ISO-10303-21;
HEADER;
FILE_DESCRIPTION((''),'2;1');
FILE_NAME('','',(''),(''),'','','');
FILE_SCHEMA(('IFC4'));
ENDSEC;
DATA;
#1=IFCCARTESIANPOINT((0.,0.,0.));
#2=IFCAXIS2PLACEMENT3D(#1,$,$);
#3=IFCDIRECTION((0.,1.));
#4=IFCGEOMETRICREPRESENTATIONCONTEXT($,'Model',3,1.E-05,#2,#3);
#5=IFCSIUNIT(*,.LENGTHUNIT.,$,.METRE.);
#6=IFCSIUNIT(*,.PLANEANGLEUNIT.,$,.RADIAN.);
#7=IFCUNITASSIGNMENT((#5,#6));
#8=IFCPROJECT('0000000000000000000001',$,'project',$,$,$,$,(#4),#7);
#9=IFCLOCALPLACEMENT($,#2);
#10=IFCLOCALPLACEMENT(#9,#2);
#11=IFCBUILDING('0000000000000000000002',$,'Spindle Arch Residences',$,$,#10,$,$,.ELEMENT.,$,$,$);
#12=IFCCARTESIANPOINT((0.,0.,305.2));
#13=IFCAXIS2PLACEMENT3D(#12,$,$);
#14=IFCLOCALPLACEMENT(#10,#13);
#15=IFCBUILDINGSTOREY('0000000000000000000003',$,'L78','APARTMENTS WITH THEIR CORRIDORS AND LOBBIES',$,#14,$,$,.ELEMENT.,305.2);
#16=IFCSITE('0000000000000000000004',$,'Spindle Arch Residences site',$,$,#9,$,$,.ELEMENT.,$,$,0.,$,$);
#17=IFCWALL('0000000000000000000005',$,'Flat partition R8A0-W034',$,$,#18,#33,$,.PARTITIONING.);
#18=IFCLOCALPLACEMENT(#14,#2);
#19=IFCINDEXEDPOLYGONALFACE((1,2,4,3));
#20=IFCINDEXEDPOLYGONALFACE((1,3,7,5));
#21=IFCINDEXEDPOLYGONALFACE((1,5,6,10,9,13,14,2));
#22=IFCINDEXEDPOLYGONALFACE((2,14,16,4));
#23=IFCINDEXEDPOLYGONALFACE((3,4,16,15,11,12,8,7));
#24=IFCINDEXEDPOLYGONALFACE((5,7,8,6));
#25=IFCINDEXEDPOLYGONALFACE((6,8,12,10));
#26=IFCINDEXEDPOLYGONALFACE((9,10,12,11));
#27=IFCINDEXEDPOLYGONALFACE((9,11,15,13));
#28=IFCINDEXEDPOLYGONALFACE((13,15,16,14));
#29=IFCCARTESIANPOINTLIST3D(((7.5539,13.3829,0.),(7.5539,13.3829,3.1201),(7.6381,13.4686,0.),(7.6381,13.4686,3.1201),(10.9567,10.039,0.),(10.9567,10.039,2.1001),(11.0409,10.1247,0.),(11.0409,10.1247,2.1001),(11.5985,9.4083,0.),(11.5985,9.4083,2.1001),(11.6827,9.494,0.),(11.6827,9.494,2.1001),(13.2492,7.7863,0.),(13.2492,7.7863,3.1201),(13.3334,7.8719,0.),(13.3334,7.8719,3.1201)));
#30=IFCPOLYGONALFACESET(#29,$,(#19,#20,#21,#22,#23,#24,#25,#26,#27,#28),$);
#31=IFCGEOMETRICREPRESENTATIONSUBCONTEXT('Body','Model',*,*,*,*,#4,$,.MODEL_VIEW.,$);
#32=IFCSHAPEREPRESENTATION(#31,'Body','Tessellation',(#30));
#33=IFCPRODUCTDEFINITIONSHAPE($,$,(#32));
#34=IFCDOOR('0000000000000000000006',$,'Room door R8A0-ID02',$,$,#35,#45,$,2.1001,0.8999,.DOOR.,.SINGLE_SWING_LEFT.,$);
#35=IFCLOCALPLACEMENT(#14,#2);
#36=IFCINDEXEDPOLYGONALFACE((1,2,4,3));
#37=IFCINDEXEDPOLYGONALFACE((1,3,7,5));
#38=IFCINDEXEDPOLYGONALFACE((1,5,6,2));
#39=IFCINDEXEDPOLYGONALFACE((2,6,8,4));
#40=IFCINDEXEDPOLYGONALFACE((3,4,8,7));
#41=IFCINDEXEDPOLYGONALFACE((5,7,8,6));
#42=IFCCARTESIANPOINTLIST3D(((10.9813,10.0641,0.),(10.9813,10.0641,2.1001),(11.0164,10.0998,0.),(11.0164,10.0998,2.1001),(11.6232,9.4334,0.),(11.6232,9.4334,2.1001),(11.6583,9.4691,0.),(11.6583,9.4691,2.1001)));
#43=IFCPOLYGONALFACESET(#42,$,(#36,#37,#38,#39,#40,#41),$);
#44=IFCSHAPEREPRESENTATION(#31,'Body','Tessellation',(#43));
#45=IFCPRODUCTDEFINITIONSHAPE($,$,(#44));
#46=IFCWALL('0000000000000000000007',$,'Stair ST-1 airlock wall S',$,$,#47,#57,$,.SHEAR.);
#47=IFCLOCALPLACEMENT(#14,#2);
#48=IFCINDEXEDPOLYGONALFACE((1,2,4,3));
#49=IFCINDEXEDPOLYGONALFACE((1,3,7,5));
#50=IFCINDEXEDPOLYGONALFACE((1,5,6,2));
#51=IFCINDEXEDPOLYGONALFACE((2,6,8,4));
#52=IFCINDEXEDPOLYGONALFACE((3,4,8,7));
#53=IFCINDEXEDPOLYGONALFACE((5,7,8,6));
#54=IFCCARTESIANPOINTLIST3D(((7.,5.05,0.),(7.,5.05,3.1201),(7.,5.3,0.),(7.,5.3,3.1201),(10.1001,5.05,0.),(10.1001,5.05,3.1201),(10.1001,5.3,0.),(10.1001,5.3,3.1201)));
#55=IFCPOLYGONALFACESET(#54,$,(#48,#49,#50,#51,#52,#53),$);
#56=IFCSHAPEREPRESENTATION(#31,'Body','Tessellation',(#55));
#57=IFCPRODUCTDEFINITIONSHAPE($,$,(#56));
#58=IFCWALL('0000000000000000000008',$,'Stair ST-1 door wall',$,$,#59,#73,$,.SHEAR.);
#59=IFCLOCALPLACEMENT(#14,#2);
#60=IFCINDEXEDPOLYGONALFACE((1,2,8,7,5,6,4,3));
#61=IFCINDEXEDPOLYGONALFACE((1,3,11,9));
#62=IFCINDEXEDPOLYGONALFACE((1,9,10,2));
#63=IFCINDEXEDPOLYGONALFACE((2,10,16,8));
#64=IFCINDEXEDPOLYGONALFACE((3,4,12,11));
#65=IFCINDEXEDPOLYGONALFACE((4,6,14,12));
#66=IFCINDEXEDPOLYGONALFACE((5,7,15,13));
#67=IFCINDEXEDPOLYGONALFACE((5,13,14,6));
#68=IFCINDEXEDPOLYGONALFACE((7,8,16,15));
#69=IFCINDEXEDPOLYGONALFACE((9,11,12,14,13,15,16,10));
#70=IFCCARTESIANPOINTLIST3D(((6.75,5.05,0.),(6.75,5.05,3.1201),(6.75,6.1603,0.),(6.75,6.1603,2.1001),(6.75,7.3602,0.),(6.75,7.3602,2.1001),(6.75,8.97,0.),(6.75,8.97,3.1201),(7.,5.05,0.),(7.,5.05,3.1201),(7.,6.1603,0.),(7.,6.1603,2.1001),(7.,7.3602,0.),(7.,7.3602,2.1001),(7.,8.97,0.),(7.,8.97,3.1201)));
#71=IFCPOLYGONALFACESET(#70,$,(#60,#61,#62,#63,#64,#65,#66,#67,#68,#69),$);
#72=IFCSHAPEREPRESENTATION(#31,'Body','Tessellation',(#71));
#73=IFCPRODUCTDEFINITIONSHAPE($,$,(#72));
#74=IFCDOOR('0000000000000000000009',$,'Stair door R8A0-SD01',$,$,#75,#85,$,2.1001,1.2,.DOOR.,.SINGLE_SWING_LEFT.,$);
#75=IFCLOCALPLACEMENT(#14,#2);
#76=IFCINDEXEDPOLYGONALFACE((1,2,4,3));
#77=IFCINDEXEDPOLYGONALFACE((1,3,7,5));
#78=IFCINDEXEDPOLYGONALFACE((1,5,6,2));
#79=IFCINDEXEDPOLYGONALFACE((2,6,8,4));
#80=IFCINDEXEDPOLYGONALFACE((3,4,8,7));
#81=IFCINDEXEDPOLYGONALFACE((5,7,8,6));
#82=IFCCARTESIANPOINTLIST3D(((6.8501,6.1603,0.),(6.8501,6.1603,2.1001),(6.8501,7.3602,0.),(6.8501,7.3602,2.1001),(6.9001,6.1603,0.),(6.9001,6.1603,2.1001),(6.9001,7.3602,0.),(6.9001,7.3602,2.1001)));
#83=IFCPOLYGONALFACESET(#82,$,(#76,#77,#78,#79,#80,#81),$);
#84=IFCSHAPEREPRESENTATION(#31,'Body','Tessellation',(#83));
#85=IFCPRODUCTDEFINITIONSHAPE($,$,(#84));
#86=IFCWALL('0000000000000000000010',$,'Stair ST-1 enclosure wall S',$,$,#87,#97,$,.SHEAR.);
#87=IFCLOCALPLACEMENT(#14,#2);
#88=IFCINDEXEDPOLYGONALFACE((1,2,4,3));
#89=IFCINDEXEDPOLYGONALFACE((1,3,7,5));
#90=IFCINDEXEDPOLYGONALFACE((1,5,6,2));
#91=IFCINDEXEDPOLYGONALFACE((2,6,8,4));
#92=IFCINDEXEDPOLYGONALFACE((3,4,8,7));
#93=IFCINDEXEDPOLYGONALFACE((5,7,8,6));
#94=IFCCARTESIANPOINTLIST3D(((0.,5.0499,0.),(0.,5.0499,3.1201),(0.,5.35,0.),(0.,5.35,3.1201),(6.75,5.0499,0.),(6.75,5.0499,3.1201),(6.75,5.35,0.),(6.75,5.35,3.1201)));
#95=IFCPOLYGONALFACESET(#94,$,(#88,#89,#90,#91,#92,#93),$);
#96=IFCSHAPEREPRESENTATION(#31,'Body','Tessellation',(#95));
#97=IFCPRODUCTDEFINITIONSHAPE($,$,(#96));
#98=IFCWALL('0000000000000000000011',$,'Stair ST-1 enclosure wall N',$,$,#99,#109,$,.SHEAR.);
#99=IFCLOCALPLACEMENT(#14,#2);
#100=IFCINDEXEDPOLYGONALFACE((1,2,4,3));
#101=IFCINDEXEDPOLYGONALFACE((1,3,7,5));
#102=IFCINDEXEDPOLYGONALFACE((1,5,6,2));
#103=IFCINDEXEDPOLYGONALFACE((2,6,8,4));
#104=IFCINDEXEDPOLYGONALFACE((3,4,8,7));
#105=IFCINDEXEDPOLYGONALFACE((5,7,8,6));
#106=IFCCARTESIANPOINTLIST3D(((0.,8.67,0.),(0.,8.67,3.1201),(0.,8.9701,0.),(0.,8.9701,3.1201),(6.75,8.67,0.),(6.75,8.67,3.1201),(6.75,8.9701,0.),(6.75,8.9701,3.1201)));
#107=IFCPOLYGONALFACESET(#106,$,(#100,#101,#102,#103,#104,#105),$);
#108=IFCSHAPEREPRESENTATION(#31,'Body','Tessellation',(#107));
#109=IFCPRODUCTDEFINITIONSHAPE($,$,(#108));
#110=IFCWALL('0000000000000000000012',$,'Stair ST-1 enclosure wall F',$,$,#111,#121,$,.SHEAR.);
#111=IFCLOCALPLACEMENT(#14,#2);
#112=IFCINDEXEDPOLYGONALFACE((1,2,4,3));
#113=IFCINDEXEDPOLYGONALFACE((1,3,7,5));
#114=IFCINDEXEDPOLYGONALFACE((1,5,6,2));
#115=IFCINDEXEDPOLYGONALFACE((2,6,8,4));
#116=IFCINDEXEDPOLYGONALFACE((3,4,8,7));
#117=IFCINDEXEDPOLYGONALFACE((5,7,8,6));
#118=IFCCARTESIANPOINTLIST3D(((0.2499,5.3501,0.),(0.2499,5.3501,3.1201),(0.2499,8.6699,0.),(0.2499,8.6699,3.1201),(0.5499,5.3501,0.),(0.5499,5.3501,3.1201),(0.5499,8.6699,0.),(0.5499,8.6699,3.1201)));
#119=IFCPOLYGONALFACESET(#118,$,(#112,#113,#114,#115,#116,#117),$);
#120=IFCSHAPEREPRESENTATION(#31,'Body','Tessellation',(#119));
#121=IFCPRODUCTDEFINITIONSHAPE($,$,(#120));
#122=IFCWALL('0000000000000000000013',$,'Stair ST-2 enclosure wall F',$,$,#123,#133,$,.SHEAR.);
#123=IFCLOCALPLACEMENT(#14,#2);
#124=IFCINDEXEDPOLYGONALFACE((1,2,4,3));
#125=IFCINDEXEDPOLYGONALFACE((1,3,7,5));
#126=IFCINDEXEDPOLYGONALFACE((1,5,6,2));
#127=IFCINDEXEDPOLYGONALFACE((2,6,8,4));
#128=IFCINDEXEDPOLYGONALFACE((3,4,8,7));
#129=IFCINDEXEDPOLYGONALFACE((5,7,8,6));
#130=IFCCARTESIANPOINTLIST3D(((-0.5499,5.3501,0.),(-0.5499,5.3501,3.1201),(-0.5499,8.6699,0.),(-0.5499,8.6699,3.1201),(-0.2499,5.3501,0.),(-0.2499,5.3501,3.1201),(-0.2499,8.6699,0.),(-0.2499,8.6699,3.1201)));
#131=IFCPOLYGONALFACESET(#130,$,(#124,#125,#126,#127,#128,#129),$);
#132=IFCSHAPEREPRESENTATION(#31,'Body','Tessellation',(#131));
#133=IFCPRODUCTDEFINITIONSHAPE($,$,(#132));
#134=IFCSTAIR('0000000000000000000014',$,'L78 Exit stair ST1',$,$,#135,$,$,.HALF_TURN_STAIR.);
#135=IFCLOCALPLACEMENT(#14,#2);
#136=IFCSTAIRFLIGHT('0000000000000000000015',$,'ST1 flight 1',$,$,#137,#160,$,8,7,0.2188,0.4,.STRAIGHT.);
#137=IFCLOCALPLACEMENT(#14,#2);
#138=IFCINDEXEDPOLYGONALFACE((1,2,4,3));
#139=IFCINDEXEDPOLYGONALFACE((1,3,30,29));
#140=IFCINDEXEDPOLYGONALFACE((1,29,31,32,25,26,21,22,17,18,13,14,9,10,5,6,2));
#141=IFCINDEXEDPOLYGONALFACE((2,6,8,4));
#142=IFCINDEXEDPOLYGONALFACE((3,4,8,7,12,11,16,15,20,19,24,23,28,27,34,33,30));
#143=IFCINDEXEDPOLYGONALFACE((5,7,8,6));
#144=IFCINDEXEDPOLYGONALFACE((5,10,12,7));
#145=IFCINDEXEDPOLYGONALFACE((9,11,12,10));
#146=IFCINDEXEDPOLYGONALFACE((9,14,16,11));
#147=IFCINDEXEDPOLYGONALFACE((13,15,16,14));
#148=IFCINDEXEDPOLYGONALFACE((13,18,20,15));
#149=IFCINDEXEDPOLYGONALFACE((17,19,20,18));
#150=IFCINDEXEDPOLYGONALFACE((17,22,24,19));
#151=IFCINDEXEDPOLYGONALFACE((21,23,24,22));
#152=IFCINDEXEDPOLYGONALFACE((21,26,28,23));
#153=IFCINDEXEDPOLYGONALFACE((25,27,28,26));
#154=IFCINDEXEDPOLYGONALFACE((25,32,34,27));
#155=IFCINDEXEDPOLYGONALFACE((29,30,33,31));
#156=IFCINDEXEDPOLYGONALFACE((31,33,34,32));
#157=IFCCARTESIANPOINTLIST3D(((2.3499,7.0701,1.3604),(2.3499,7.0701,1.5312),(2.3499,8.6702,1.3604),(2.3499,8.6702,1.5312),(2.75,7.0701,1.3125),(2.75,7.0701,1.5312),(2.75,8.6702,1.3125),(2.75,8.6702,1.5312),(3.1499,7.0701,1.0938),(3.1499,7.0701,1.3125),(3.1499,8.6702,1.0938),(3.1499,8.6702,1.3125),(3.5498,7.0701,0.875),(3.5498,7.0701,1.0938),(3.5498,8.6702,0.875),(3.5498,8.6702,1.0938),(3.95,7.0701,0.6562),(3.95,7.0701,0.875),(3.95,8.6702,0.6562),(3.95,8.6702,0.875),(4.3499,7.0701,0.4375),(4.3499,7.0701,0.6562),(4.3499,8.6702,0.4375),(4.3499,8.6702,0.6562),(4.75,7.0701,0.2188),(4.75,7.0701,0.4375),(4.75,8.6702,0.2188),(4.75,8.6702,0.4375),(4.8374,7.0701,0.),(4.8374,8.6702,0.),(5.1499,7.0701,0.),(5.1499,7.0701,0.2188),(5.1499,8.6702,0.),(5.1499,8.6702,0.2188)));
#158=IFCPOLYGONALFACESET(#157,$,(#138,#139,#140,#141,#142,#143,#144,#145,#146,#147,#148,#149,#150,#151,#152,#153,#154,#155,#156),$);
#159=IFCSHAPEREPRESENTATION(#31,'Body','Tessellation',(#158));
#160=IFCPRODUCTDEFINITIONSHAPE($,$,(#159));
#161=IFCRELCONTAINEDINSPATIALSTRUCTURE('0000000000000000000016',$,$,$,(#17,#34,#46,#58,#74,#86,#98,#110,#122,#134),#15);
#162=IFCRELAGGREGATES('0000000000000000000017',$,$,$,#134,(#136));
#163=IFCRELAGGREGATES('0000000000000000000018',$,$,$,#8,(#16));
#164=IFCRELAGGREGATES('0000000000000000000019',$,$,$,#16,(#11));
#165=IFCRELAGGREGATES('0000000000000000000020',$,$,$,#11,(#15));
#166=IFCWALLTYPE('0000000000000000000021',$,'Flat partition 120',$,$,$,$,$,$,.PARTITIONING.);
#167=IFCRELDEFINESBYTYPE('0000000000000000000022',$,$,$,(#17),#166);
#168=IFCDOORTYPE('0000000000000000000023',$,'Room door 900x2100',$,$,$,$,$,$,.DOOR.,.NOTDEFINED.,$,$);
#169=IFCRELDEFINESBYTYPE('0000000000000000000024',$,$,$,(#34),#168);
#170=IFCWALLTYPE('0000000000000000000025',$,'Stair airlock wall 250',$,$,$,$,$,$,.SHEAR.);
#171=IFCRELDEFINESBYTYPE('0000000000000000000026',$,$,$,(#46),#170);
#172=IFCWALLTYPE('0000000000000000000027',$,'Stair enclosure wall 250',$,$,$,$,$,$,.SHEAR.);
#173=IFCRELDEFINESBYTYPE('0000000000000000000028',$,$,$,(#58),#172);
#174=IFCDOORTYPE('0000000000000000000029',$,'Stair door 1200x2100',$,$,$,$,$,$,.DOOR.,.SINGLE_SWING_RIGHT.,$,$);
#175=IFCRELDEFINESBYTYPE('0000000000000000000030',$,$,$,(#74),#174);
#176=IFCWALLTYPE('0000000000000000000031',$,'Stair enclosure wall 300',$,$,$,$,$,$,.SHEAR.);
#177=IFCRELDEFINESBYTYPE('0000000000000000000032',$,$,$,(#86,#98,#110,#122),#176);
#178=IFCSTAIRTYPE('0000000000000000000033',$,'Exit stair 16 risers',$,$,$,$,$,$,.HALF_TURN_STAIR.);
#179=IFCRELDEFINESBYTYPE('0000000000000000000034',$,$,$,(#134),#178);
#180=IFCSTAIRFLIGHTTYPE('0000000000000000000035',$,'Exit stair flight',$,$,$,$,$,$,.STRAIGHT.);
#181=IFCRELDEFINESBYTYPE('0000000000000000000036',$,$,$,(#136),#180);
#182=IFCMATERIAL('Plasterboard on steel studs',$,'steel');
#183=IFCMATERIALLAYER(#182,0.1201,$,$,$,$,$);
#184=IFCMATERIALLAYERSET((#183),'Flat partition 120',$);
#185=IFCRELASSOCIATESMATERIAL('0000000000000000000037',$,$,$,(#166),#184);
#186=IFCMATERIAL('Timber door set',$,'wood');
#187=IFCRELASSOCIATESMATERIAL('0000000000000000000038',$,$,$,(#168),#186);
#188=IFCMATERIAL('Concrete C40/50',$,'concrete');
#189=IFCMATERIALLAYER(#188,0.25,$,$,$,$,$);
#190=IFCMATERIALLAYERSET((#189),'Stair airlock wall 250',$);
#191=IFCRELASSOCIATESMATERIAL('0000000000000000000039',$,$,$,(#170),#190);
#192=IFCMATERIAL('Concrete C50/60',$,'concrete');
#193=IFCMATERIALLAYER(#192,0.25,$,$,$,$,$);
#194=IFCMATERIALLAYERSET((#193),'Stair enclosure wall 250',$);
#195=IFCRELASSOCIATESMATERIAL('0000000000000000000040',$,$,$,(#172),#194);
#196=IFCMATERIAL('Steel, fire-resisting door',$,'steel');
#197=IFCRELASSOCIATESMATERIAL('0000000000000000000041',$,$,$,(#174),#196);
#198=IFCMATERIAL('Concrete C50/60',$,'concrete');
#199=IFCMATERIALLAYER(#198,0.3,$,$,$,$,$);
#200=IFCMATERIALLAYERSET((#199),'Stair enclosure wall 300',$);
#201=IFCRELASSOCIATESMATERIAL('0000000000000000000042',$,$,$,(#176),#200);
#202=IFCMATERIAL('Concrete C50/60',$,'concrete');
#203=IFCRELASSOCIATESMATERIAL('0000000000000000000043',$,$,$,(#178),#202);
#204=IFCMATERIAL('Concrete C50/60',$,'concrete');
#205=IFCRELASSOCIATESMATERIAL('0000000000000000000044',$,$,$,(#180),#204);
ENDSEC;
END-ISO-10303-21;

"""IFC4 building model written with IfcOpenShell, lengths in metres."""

from ifc_helpers import new_model, si_unit, direction, frame, frame_2d, origin, place, context, subcontext, project, spatial, polyline, rectangle, outline, extrude, material, layer, layer_set, type_object, element, fill, aggregate, save


model = new_model("IFC4")

# Units and contexts
model_context = context("Model", 3, precision=1e-05, world=origin(), true_north=direction((0.0, 1.0)))
body_context = subcontext(model_context, "Body", "Model", "MODEL_VIEW")
ifc_project = project(units=[si_unit("LENGTHUNIT", "METRE"), si_unit("PLANEANGLEUNIT", "RADIAN")], contexts=[model_context])

# Site, building, storey
site_placement = place(None, origin())
site = spatial("IfcSite", under=ifc_project, at=site_placement, Name="Spindle Arch Residences site", CompositionType="ELEMENT", RefElevation=0.0)
building_placement = place(site_placement, origin())
building = spatial("IfcBuilding", under=site, at=building_placement, Name="Spindle Arch Residences", CompositionType="ELEMENT")
storey_placement = place(building_placement, frame((0.0, 0.0, 305.2)))
storey = spatial("IfcBuildingStorey", under=building, at=storey_placement, Name="L78", Description="APARTMENTS WITH THEIR CORRIDORS AND LOBBIES", CompositionType="ELEMENT", Elevation=305.2)

# Shared definitions
ifc_material_1 = material(Name="Plasterboard on steel studs", Category="steel")
ifc_layer_1 = layer(ifc_material_1, 0.1201)
ifc_layer_set_1 = layer_set([ifc_layer_1], Name="Flat partition 120")
wall_type_1 = type_object("IfcWallType", Name="Flat partition 120", PredefinedType="PARTITIONING", material=ifc_layer_set_1)

# Wall, opening, door
wall_1_placement = place(storey_placement, frame((13.2913, 7.8291, 0.0), z_axis=(0.0, 0.0, 1.0), x_axis=(-0.713256, 0.700904, 0.0)))
wall_1 = element("IfcWall", 1, at=wall_1_placement, inside=storey, type_object=wall_type_1, Name="Flat partition R8A0-W034", PredefinedType="PARTITIONING", context=body_context, shape_type="SweptSolid", body=[
    extrude(rectangle(XDim=7.9849, YDim=0.1201, at=frame_2d((3.9924, 0.0))), origin(), (0.0, 0.0, 1.0), 3.1201),
])
opening_1_placement = place(wall_1_placement, frame((2.3142, 0.0, 0.0)))
opening_1 = element("IfcOpeningElement", 2, at=opening_1_placement, cuts=wall_1, PredefinedType="OPENING", context=body_context, shape_type="SweptSolid", body=[
    extrude(rectangle(XDim=0.8999, YDim=2.1001, at=frame_2d((0.45, 1.05))), frame((0.0, 0.0701, 0.0), z_axis=(0.0, -1.0, 0.0), x_axis=(1.0, 0.0, 0.0)), (0.0, 0.0, 1.0), 0.1401),
])
ifc_material_2 = material(Name="Timber door set", Category="wood")
door_type_1 = type_object("IfcDoorType", Name="Room door 900x2100", OperationType="NOTDEFINED", PredefinedType="DOOR", material=ifc_material_2)
door_1_placement = place(opening_1_placement, origin())
door_1 = element("IfcDoor", 3, at=door_1_placement, inside=storey, type_object=door_type_1, Name="Room door R8A0-ID02", OperationType="SINGLE_SWING_LEFT", OverallHeight=2.1001, OverallWidth=0.8999, PredefinedType="DOOR", context=body_context, shape_type="SweptSolid", body=[
    extrude(rectangle(XDim=0.8999, YDim=2.1001, at=frame_2d((0.45, 1.05))), frame((0.0, 0.0249, 0.0), z_axis=(0.0, -1.0, 0.0), x_axis=(1.0, 0.0, 0.0)), (0.0, 0.0, 1.0), 0.05),
])
fill(opening_1, door_1)

# Wall
ifc_material_3 = material(Name="Concrete C40/50", Category="concrete")
ifc_layer_2 = layer(ifc_material_3, 0.25)
ifc_layer_set_2 = layer_set([ifc_layer_2], Name="Stair airlock wall 250")
wall_type_2 = type_object("IfcWallType", Name="Stair airlock wall 250", PredefinedType="SHEAR", material=ifc_layer_set_2)
wall_2_placement = place(storey_placement, frame((7.0, 5.175, 0.0), z_axis=(0.0, 0.0, 1.0), x_axis=(1.0, 0.0, 0.0)))
element("IfcWall", 4, at=wall_2_placement, inside=storey, type_object=wall_type_2, Name="Stair ST-1 airlock wall S", PredefinedType="SHEAR", context=body_context, shape_type="SweptSolid", body=[
    extrude(rectangle(XDim=3.1001, YDim=0.25, at=frame_2d((1.55, 0.0))), origin(), (0.0, 0.0, 1.0), 3.1201),
])

# Wall, opening, door
ifc_material_4 = material(Name="Concrete C50/60", Category="concrete")
ifc_layer_3 = layer(ifc_material_4, 0.25)
ifc_layer_set_3 = layer_set([ifc_layer_3], Name="Stair enclosure wall 250")
wall_type_3 = type_object("IfcWallType", Name="Stair enclosure wall 250", PredefinedType="SHEAR", material=ifc_layer_set_3)
wall_3_placement = place(storey_placement, frame((6.875, 5.05, 0.0), z_axis=(0.0, 0.0, 1.0), x_axis=(0.0, 1.0, 0.0)))
wall_3 = element("IfcWall", 5, at=wall_3_placement, inside=storey, type_object=wall_type_3, Name="Stair ST-1 door wall", PredefinedType="SHEAR", context=body_context, shape_type="SweptSolid", body=[
    extrude(rectangle(XDim=3.9199, YDim=0.25, at=frame_2d((1.96, 0.0))), origin(), (0.0, 0.0, 1.0), 3.1201),
])
opening_2_placement = place(wall_3_placement, frame((1.1101, 0.0, 0.0)))
opening_2 = element("IfcOpeningElement", 6, at=opening_2_placement, cuts=wall_3, PredefinedType="OPENING", context=body_context, shape_type="SweptSolid", body=[
    extrude(rectangle(XDim=1.2, YDim=2.1001, at=frame_2d((0.6001, 1.05))), frame((0.0, 0.135, 0.0), z_axis=(0.0, -1.0, 0.0), x_axis=(1.0, 0.0, 0.0)), (0.0, 0.0, 1.0), 0.27),
])
ifc_material_5 = material(Name="Steel, fire-resisting door", Category="steel")
door_type_2 = type_object("IfcDoorType", Name="Stair door 1200x2100", OperationType="SINGLE_SWING_RIGHT", PredefinedType="DOOR", material=ifc_material_5)
door_2_placement = place(opening_2_placement, origin())
door_2 = element("IfcDoor", 7, at=door_2_placement, inside=storey, type_object=door_type_2, Name="Stair door R8A0-SD01", OperationType="SINGLE_SWING_LEFT", OverallHeight=2.1001, OverallWidth=1.2, PredefinedType="DOOR", context=body_context, shape_type="SweptSolid", body=[
    extrude(rectangle(XDim=1.2, YDim=2.1001, at=frame_2d((0.6001, 1.05))), frame((0.0, 0.0249, 0.0), z_axis=(0.0, -1.0, 0.0), x_axis=(1.0, 0.0, 0.0)), (0.0, 0.0, 1.0), 0.05),
])
fill(opening_2, door_2)

# Walls
ifc_material_6 = material(Name="Concrete C50/60", Category="concrete")
ifc_layer_4 = layer(ifc_material_6, 0.3)
ifc_layer_set_4 = layer_set([ifc_layer_4], Name="Stair enclosure wall 300")
wall_type_4 = type_object("IfcWallType", Name="Stair enclosure wall 300", PredefinedType="SHEAR", material=ifc_layer_set_4)
for number, where, z_axis, x_axis, name in (
    (8, (0.0, 5.2, 0.0), (0.0, 0.0, 1.0), (1.0, 0.0, 0.0), "Stair ST-1 enclosure wall S"),
    (9, (0.0, 8.8201, 0.0), (0.0, 0.0, 1.0), (1.0, 0.0, 0.0), "Stair ST-1 enclosure wall N"),
):
    element("IfcWall", number, at=place(storey_placement, frame(where, z_axis=z_axis, x_axis=x_axis)), inside=storey, type_object=wall_type_4, Name=name, PredefinedType="SHEAR", context=body_context, shape_type="SweptSolid", body=[
        extrude(rectangle(XDim=6.75, YDim=0.3, at=frame_2d((3.375, 0.0))), origin(), (0.0, 0.0, 1.0), 3.1201),
    ])
for number, where, z_axis, x_axis, name in (
    (10, (0.3999, 5.3501, 0.0), (0.0, 0.0, 1.0), (0.0, 1.0, 0.0), "Stair ST-1 enclosure wall F"),
    (11, (-0.3999, 5.3501, 0.0), (0.0, 0.0, 1.0), (0.0, 1.0, 0.0), "Stair ST-2 enclosure wall F"),
):
    element("IfcWall", number, at=place(storey_placement, frame(where, z_axis=z_axis, x_axis=x_axis)), inside=storey, type_object=wall_type_4, Name=name, PredefinedType="SHEAR", context=body_context, shape_type="SweptSolid", body=[
        extrude(rectangle(XDim=3.3198, YDim=0.3, at=frame_2d((1.6599, 0.0))), origin(), (0.0, 0.0, 1.0), 3.1201),
    ])

# Stair, stair flight
ifc_material_7 = material(Name="Concrete C50/60", Category="concrete")
stair_type = type_object("IfcStairType", Name="Exit stair 16 risers", PredefinedType="HALF_TURN_STAIR", material=ifc_material_7)
stair_placement = place(storey_placement, origin())
stair = element("IfcStair", 12, at=stair_placement, inside=storey, type_object=stair_type, Name="L78 Exit stair ST1", PredefinedType="HALF_TURN_STAIR")
ifc_material_8 = material(Name="Concrete C50/60", Category="concrete")
stair_flight_type = type_object("IfcStairFlightType", Name="Exit stair flight", PredefinedType="STRAIGHT", material=ifc_material_8)
stair_flight_1_placement = place(storey_placement, frame((5.1499, 7.8701, 0.0), z_axis=(0.0, 0.0, 1.0), x_axis=(-1.0, 0.0, 0.0)))
stair_flight_1 = element("IfcStairFlight", 13, at=stair_flight_1_placement, type_object=stair_flight_type, Name="ST1 flight 1", NumberOfRisers=8, NumberOfTreads=7, PredefinedType="STRAIGHT", RiserHeight=0.2188, TreadLength=0.4, context=body_context, shape_type="SweptSolid", body=[
    extrude(outline(polyline([(0.0, 0.0), (0.0, 0.2188), (0.3999, 0.2188), (0.3999, 0.4375), (0.8, 0.4375), (0.8, 0.6562), (1.2, 0.6562), (1.2, 0.875), (1.6001, 0.875), (1.6001, 1.0938), (2.0, 1.0938), (2.0, 1.3125), (2.3999, 1.3125), (2.3999, 1.5312), (2.8, 1.5312), (2.8, 1.75), (2.8, 1.3604), (0.3125, 0.0), (0.0, 0.0)])), frame((0.0, 0.8, 0.0), z_axis=(0.0, -1.0, 0.0), x_axis=(1.0, 0.0, 0.0)), (0.0, 0.0, 1.0), 1.6001),
])
aggregate(stair, [stair_flight_1])

save(model, "model.ifc")
